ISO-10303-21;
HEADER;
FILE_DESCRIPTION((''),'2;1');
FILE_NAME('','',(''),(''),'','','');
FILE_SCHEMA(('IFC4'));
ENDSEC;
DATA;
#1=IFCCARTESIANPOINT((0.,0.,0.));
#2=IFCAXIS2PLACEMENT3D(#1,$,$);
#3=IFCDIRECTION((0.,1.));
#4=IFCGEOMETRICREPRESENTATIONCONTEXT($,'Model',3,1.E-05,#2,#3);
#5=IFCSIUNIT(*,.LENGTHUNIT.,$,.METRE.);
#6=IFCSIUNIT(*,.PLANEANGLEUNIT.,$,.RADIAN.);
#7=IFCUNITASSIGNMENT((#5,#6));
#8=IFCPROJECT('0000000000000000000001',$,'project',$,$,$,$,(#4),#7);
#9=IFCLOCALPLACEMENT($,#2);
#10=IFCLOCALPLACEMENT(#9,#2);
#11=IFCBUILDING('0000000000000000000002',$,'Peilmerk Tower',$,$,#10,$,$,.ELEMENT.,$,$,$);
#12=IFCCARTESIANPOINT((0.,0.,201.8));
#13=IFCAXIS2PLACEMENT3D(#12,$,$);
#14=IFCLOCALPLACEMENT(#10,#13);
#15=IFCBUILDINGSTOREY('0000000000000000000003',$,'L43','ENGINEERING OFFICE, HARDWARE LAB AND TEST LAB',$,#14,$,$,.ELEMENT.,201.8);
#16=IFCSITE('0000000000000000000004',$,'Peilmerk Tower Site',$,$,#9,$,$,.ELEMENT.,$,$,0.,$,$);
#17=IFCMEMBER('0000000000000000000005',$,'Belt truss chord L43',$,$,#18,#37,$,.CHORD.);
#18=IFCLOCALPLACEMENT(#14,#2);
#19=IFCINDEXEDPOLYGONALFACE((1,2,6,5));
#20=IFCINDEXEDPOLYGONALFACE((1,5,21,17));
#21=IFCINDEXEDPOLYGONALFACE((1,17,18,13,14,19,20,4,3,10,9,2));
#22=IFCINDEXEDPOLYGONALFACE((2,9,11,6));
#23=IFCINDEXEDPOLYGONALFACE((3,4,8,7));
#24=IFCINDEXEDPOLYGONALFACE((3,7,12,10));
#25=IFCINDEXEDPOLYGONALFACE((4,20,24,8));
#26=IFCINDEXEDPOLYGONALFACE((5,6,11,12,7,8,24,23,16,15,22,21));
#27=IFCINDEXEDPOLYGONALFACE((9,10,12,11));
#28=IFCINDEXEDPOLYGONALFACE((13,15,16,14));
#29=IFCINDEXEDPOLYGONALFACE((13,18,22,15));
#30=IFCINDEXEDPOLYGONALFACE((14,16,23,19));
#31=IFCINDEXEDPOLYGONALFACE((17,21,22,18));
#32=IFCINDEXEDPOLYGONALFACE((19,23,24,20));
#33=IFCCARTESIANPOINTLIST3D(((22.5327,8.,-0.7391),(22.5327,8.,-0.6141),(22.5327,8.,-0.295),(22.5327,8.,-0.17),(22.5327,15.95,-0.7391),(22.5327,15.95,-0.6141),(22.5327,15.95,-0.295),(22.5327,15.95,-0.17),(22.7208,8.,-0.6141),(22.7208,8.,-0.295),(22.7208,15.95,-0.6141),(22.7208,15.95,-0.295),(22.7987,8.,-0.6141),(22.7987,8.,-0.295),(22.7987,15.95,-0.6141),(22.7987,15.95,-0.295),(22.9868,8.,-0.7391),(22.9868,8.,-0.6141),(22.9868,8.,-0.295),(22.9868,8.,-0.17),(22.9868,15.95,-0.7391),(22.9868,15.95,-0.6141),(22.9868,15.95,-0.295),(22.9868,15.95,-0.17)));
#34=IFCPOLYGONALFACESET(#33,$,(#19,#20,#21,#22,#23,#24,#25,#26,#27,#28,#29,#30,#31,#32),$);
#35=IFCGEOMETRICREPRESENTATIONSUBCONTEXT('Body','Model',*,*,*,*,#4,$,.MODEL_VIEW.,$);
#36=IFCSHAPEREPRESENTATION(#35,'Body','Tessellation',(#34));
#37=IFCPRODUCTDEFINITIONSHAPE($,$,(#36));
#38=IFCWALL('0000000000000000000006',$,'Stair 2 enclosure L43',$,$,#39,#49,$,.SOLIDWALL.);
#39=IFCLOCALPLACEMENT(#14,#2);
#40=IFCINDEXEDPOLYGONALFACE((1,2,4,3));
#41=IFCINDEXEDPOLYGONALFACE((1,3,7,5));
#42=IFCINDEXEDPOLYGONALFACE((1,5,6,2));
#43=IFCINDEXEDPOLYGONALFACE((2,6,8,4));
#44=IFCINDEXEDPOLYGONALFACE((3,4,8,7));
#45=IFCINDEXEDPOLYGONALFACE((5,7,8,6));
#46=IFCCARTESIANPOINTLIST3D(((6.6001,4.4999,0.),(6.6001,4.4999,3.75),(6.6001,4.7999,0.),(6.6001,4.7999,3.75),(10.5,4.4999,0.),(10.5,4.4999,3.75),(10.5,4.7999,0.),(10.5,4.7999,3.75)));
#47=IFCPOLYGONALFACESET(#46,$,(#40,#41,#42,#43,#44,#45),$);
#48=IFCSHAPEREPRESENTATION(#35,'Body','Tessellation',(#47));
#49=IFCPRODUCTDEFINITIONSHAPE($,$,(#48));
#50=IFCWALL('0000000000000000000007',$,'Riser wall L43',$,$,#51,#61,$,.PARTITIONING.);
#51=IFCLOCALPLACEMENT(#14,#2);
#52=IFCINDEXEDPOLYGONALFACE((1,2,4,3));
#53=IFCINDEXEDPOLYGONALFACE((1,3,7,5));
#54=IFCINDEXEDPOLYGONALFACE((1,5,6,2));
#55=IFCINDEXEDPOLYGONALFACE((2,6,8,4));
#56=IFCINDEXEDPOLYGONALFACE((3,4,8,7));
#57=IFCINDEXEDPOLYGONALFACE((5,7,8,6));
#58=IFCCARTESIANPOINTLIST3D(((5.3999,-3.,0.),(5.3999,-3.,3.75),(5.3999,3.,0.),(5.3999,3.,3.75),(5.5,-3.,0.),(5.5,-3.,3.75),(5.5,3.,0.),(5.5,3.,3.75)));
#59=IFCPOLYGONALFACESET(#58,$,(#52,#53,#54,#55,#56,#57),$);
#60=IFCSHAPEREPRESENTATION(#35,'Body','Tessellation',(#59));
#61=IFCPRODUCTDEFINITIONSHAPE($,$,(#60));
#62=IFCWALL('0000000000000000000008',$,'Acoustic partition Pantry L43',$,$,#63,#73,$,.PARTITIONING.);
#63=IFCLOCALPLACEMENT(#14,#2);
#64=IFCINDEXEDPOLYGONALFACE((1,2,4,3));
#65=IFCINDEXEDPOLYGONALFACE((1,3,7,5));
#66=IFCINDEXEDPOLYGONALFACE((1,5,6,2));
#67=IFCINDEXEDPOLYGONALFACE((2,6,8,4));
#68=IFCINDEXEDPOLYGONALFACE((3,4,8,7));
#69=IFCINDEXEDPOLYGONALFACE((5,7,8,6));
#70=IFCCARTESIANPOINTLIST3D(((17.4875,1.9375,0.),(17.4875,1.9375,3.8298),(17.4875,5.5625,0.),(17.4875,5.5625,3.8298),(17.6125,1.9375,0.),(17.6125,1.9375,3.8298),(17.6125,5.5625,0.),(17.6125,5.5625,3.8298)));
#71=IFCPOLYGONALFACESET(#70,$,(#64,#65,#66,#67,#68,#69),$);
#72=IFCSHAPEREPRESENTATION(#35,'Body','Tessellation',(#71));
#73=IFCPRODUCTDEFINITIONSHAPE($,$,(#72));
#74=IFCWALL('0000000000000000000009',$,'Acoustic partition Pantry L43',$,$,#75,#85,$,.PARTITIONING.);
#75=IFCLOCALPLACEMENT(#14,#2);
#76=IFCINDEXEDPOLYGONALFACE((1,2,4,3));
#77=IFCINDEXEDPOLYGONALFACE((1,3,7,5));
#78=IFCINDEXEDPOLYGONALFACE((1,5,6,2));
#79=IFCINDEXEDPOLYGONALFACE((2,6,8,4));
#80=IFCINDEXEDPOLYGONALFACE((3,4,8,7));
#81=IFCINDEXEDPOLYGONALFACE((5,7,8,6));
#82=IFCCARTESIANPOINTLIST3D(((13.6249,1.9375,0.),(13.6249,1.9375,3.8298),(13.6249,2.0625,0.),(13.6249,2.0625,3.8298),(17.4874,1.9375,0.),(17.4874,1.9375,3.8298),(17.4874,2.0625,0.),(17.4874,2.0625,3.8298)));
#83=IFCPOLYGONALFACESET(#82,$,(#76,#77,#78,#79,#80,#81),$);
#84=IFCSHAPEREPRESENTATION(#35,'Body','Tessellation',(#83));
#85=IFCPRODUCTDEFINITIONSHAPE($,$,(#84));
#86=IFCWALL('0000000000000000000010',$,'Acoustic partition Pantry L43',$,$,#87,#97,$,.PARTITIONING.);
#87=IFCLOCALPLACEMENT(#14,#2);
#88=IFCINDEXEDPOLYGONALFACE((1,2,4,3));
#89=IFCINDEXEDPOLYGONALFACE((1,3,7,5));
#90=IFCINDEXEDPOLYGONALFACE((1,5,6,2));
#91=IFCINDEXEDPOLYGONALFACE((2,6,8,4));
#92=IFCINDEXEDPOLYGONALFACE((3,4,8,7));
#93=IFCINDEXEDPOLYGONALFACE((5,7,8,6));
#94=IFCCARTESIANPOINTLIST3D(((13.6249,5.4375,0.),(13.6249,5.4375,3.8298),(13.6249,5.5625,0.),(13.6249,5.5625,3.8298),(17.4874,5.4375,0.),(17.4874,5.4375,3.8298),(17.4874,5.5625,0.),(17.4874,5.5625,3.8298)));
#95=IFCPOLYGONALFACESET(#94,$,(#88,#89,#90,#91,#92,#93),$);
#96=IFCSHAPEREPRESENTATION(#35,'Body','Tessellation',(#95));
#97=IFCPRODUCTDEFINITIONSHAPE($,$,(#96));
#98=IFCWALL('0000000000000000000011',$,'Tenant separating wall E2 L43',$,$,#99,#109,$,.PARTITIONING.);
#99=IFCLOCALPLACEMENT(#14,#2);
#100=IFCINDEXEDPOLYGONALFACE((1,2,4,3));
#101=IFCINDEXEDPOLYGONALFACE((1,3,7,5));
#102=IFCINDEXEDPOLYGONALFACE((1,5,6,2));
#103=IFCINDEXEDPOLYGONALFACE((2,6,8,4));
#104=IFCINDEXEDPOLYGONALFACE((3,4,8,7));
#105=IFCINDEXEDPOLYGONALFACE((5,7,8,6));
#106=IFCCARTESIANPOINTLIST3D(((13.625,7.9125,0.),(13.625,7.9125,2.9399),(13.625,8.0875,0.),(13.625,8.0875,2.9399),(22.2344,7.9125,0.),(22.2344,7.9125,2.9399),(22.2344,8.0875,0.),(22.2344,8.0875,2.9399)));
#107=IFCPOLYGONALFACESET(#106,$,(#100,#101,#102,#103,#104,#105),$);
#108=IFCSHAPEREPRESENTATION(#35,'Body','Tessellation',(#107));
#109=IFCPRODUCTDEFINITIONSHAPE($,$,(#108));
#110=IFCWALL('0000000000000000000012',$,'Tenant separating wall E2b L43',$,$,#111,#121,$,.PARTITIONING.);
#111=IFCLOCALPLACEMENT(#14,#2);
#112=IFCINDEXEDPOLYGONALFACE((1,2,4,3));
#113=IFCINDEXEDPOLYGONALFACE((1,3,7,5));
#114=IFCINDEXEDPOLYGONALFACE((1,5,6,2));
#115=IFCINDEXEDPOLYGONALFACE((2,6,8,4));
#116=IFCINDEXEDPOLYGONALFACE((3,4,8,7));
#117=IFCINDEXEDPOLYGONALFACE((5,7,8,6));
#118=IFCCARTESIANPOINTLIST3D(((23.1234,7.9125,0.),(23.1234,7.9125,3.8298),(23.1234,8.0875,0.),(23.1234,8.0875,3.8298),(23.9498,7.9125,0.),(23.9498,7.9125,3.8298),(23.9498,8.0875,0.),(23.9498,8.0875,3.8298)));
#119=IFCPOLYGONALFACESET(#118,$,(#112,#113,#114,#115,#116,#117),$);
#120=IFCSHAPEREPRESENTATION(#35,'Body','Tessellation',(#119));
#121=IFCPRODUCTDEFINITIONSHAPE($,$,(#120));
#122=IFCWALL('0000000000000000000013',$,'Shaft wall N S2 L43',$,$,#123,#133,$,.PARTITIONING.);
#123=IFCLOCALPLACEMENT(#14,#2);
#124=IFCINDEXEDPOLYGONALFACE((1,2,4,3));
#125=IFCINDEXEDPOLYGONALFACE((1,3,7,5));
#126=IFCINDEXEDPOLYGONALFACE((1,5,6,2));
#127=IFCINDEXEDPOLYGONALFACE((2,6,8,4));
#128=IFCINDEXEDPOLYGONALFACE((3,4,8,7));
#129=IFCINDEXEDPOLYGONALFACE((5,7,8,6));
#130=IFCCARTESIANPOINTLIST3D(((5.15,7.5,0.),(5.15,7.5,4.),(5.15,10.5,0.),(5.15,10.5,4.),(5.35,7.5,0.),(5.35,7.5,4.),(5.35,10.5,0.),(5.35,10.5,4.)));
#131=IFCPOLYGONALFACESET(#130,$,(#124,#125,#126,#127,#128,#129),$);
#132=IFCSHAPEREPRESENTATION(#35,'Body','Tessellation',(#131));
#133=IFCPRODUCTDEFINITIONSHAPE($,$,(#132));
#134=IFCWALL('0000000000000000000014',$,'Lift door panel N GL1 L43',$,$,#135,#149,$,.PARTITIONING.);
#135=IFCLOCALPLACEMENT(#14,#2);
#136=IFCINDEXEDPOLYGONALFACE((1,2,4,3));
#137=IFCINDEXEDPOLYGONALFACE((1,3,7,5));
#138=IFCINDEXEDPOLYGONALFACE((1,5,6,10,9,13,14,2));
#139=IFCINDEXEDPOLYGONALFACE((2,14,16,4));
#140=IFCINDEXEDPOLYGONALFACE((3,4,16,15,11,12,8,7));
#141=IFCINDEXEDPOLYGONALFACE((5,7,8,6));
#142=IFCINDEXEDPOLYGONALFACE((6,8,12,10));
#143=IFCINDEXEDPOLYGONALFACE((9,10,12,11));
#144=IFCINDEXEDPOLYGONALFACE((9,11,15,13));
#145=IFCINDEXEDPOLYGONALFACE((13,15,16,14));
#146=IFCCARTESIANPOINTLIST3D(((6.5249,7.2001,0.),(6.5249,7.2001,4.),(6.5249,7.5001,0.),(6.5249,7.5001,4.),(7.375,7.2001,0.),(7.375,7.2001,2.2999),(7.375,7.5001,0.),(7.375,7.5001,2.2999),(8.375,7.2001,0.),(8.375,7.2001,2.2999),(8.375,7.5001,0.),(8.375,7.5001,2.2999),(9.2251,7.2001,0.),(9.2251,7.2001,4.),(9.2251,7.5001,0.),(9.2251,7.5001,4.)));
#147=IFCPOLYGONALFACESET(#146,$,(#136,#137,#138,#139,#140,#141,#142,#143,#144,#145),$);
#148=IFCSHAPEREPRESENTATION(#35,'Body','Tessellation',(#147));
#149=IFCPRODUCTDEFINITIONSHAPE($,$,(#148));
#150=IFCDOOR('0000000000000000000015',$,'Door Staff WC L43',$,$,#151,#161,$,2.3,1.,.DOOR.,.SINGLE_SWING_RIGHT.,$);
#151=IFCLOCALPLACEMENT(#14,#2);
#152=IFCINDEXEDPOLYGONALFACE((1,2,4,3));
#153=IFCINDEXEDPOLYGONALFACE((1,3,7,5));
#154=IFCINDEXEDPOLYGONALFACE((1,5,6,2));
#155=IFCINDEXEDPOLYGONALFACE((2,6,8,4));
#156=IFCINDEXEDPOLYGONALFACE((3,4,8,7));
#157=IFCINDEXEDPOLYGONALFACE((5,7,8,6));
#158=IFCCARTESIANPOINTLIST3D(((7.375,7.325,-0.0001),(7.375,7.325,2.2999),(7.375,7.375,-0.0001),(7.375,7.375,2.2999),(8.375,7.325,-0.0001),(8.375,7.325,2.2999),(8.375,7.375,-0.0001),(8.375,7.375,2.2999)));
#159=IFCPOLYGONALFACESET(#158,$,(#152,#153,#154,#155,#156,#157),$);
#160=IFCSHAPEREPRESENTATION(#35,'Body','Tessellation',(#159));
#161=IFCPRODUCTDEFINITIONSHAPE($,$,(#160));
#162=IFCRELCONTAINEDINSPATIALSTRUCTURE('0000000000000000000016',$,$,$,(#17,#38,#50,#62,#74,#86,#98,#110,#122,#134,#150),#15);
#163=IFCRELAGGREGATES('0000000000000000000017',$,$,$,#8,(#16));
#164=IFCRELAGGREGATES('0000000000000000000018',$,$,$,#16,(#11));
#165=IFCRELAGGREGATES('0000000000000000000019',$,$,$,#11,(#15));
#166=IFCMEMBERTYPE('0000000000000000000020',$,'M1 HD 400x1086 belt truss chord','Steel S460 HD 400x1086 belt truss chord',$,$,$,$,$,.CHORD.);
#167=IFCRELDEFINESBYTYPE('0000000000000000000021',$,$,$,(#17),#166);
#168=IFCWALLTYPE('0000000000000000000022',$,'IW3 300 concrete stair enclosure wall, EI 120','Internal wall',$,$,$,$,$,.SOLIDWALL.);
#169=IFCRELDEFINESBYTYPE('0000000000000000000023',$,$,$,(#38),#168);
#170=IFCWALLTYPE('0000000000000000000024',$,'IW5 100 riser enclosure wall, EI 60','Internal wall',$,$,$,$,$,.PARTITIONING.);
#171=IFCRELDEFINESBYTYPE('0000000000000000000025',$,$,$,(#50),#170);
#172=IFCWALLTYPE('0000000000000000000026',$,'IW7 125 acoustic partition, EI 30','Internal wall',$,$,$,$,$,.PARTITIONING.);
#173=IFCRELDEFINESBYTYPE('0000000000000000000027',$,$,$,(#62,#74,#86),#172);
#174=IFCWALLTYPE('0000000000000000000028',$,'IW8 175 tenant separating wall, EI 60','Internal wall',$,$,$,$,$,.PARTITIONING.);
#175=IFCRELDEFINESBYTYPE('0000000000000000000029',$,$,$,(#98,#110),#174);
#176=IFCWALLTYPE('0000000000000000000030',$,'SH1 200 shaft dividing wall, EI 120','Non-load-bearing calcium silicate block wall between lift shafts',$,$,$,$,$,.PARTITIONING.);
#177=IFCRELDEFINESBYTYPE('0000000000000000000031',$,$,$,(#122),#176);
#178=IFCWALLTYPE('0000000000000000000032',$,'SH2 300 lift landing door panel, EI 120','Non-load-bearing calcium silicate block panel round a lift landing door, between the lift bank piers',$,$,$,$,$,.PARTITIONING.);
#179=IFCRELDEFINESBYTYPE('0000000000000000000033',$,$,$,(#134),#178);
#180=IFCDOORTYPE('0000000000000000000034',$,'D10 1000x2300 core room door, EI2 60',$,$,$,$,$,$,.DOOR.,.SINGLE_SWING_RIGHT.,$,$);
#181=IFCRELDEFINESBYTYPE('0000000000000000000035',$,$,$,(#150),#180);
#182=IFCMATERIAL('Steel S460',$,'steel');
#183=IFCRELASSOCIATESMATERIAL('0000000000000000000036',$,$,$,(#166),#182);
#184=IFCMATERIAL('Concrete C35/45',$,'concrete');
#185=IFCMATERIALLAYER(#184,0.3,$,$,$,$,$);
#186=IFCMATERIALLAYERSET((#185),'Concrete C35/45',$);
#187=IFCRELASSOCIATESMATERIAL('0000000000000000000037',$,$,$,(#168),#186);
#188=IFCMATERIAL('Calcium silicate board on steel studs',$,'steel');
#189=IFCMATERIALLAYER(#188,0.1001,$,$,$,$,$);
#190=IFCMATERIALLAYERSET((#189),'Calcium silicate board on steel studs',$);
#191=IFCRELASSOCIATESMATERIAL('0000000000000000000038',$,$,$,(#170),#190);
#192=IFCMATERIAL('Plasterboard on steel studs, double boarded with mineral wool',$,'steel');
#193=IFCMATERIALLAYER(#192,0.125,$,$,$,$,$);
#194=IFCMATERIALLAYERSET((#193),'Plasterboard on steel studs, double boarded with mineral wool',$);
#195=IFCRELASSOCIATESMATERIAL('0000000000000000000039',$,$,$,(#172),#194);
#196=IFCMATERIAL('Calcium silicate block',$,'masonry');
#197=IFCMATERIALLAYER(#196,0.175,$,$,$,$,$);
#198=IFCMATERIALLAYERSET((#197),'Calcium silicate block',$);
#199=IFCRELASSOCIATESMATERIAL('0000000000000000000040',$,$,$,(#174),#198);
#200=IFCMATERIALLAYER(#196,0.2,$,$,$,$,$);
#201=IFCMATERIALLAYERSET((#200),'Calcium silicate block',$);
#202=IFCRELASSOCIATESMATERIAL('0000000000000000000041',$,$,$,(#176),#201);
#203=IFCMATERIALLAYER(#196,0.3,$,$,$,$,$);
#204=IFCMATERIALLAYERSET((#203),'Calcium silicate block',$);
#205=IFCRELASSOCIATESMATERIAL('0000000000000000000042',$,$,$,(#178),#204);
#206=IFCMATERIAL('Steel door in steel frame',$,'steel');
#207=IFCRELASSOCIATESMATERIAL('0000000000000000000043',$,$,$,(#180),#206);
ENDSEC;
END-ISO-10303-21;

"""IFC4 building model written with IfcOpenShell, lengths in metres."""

from ifc_helpers import new_model, si_unit, direction, frame, frame_2d, origin, origin_2d, place, context, subcontext, project, spatial, rectangle, i_section, extrude, material, layer, layer_set, material_profile, profile_set, type_object, element, fill, save


model = new_model("IFC4")

# Units and contexts
model_context = context("Model", 3, precision=1e-05, world=origin(), true_north=direction((0.0, 1.0)))
body_context = subcontext(model_context, "Body", "Model", "MODEL_VIEW")
ifc_project = project(units=[si_unit("LENGTHUNIT", "METRE"), si_unit("PLANEANGLEUNIT", "RADIAN")], contexts=[model_context])

# Site, building, storey
site_placement = place(None, origin())
site = spatial("IfcSite", under=ifc_project, at=site_placement, Name="Peilmerk Tower Site", CompositionType="ELEMENT", RefElevation=0.0)
building_placement = place(site_placement, origin())
building = spatial("IfcBuilding", under=site, at=building_placement, Name="Peilmerk Tower", CompositionType="ELEMENT")
storey_placement = place(building_placement, frame((0.0, 0.0, 201.8)))
storey = spatial("IfcBuildingStorey", under=building, at=storey_placement, Name="L43", Description="ENGINEERING OFFICE, HARDWARE LAB AND TEST LAB", CompositionType="ELEMENT", Elevation=201.8)

# Shared definitions
ifc_material_1 = material(Name="Steel S460", Category="steel")

# Member
ifc_material_profile_1 = material_profile(ifc_material_1, i_section(OverallWidth=0.4541, OverallDepth=0.5691, WebThickness=0.0779, FlangeThickness=0.125, at=origin_2d()), Name="HD 400x1086")
ifc_profile_set_1 = profile_set([ifc_material_profile_1], Name="Steel S460")
member_type = type_object("IfcMemberType", Name="M1 HD 400x1086 belt truss chord", Description="Steel S460 HD 400x1086 belt truss chord", PredefinedType="CHORD", material=ifc_profile_set_1)
member_1_placement = place(storey_placement, frame((22.7598, 8.0, -0.4546), z_axis=(0.0, 1.0, 0.0), x_axis=(-1.0, 0.0, 0.0)))
element("IfcMember", 1, at=member_1_placement, inside=storey, type_object=member_type, Name="Belt truss chord L43", PredefinedType="CHORD", context=body_context, shape_type="SweptSolid", body=[
    extrude(i_section(OverallWidth=0.4541, OverallDepth=0.5691, WebThickness=0.0779, FlangeThickness=0.125, at=origin_2d()), origin(), (0.0, 0.0, 1.0), 7.95),
])

# Walls
ifc_material_2 = material(Name="Concrete C35/45", Category="concrete")
ifc_layer_1 = layer(ifc_material_2, 0.3)
ifc_layer_set_1 = layer_set([ifc_layer_1], Name="Concrete C35/45")
wall_type_1 = type_object("IfcWallType", Name="IW3 300 concrete stair enclosure wall, EI 120", Description="Internal wall", PredefinedType="SOLIDWALL", material=ifc_layer_set_1)
wall_1_placement = place(storey_placement, frame((6.6001, 4.6499, 0.0), z_axis=(0.0, 0.0, 1.0), x_axis=(1.0, 0.0, 0.0)))
element("IfcWall", 2, at=wall_1_placement, inside=storey, type_object=wall_type_1, Name="Stair 2 enclosure L43", PredefinedType="SOLIDWALL", context=body_context, shape_type="SweptSolid", body=[
    extrude(rectangle(XDim=3.8999, YDim=0.3, at=frame_2d((1.95, 0.0))), origin(), (0.0, 0.0, 1.0), 3.75),
])
ifc_material_3 = material(Name="Calcium silicate board on steel studs", Category="steel")
ifc_layer_2 = layer(ifc_material_3, 0.1001)
ifc_layer_set_2 = layer_set([ifc_layer_2], Name="Calcium silicate board on steel studs")
wall_type_2 = type_object("IfcWallType", Name="IW5 100 riser enclosure wall, EI 60", Description="Internal wall", PredefinedType="PARTITIONING", material=ifc_layer_set_2)
wall_2_placement = place(storey_placement, frame((5.45, 3.0, 0.0), z_axis=(0.0, 0.0, 1.0), x_axis=(0.0, -1.0, 0.0)))
element("IfcWall", 3, at=wall_2_placement, inside=storey, type_object=wall_type_2, Name="Riser wall L43", PredefinedType="PARTITIONING", context=body_context, shape_type="SweptSolid", body=[
    extrude(rectangle(XDim=6.0, YDim=0.1001, at=frame_2d((3.0, 0.0))), origin(), (0.0, 0.0, 1.0), 3.75),
])
ifc_material_4 = material(Name="Plasterboard on steel studs, double boarded with mineral wool", Category="steel")
ifc_layer_3 = layer(ifc_material_4, 0.125)
ifc_layer_set_3 = layer_set([ifc_layer_3], Name="Plasterboard on steel studs, double boarded with mineral wool")
wall_type_3 = type_object("IfcWallType", Name="IW7 125 acoustic partition, EI 30", Description="Internal wall", PredefinedType="PARTITIONING", material=ifc_layer_set_3)
wall_3_placement = place(storey_placement, frame((17.55, 1.9375, 0.0), z_axis=(0.0, 0.0, 1.0), x_axis=(0.0, 1.0, 0.0)))
element("IfcWall", 4, at=wall_3_placement, inside=storey, type_object=wall_type_3, Name="Acoustic partition Pantry L43", PredefinedType="PARTITIONING", context=body_context, shape_type="SweptSolid", body=[
    extrude(rectangle(XDim=3.625, YDim=0.125, at=frame_2d((1.8125, 0.0))), origin(), (0.0, 0.0, 1.0), 3.8298),
])
for number, where, z_axis, x_axis, name in (
    (5, (13.625, 2.0, 0.0), (0.0, 0.0, 1.0), (1.0, 0.0, 0.0), "Acoustic partition Pantry L43"),
    (6, (13.625, 5.5, 0.0), (0.0, 0.0, 1.0), (1.0, 0.0, 0.0), "Acoustic partition Pantry L43"),
):
    element("IfcWall", number, at=place(storey_placement, frame(where, z_axis=z_axis, x_axis=x_axis)), inside=storey, type_object=wall_type_3, Name=name, PredefinedType="PARTITIONING", context=body_context, shape_type="SweptSolid", body=[
        extrude(rectangle(XDim=3.8625, YDim=0.125, at=frame_2d((1.9312, 0.0))), origin(), (0.0, 0.0, 1.0), 3.8298),
    ])
ifc_material_5 = material(Name="Calcium silicate block", Category="masonry")
ifc_layer_4 = layer(ifc_material_5, 0.175)
ifc_layer_set_4 = layer_set([ifc_layer_4], Name="Calcium silicate block")
wall_type_4 = type_object("IfcWallType", Name="IW8 175 tenant separating wall, EI 60", Description="Internal wall", PredefinedType="PARTITIONING", material=ifc_layer_set_4)
wall_4_placement = place(storey_placement, frame((13.625, 8.0, 0.0), z_axis=(0.0, 0.0, 1.0), x_axis=(1.0, 0.0, 0.0)))
element("IfcWall", 7, at=wall_4_placement, inside=storey, type_object=wall_type_4, Name="Tenant separating wall E2 L43", PredefinedType="PARTITIONING", context=body_context, shape_type="SweptSolid", body=[
    extrude(rectangle(XDim=8.6094, YDim=0.175, at=frame_2d((4.3047, 0.0))), origin(), (0.0, 0.0, 1.0), 2.9399),
])
wall_5_placement = place(storey_placement, frame((23.1235, 8.0, 0.0), z_axis=(0.0, 0.0, 1.0), x_axis=(1.0, 0.0, 0.0)))
element("IfcWall", 8, at=wall_5_placement, inside=storey, type_object=wall_type_4, Name="Tenant separating wall E2b L43", PredefinedType="PARTITIONING", context=body_context, shape_type="SweptSolid", body=[
    extrude(rectangle(XDim=0.8264, YDim=0.175, at=frame_2d((0.4131, 0.0))), origin(), (0.0, 0.0, 1.0), 3.8298),
])
ifc_layer_5 = layer(ifc_material_5, 0.2)
ifc_layer_set_5 = layer_set([ifc_layer_5], Name="Calcium silicate block")
wall_type_5 = type_object("IfcWallType", Name="SH1 200 shaft dividing wall, EI 120", Description="Non-load-bearing calcium silicate block wall between lift shafts", PredefinedType="PARTITIONING", material=ifc_layer_set_5)
wall_6_placement = place(storey_placement, frame((5.25, 7.5, 0.0), z_axis=(0.0, 0.0, 1.0), x_axis=(0.0, 1.0, 0.0)))
element("IfcWall", 9, at=wall_6_placement, inside=storey, type_object=wall_type_5, Name="Shaft wall N S2 L43", PredefinedType="PARTITIONING", context=body_context, shape_type="SweptSolid", body=[
    extrude(rectangle(XDim=3.0, YDim=0.2, at=frame_2d((1.5, 0.0))), origin(), (0.0, 0.0, 1.0), 4.0),
])

# Wall, opening, door
ifc_layer_6 = layer(ifc_material_5, 0.3)
ifc_layer_set_6 = layer_set([ifc_layer_6], Name="Calcium silicate block")
wall_type_6 = type_object("IfcWallType", Name="SH2 300 lift landing door panel, EI 120", Description="Non-load-bearing calcium silicate block panel round a lift landing door, between the lift bank piers", PredefinedType="PARTITIONING", material=ifc_layer_set_6)
wall_7_placement = place(storey_placement, frame((6.5249, 7.3501, 0.0), z_axis=(0.0, 0.0, 1.0), x_axis=(1.0, 0.0, 0.0)))
wall_7 = element("IfcWall", 10, at=wall_7_placement, inside=storey, type_object=wall_type_6, Name="Lift door panel N GL1 L43", PredefinedType="PARTITIONING", context=body_context, shape_type="SweptSolid", body=[
    extrude(rectangle(XDim=2.7002, YDim=0.3, at=frame_2d((1.3501, 0.0))), origin(), (0.0, 0.0, 1.0), 4.0),
])
opening_1_placement = place(wall_7_placement, frame((0.8501, 0.0, 0.0)))
opening_1 = element("IfcOpeningElement", 11, at=opening_1_placement, cuts=wall_7, PredefinedType="OPENING", context=body_context, shape_type="SweptSolid", body=[
    extrude(rectangle(XDim=1.0, YDim=2.3, at=frame_2d((0.5, 1.1499))), frame((0.0, 0.1599, 0.0), z_axis=(0.0, -1.0, 0.0), x_axis=(1.0, 0.0, 0.0)), (0.0, 0.0, 1.0), 0.3201),
])
ifc_material_6 = material(Name="Steel door in steel frame", Category="steel")
door_type_1 = type_object("IfcDoorType", Name="D10 1000x2300 core room door, EI2 60", OperationType="SINGLE_SWING_RIGHT", PredefinedType="DOOR", material=ifc_material_6)
door_1_placement = place(opening_1_placement, origin())
door_1 = element("IfcDoor", 12, at=door_1_placement, inside=storey, type_object=door_type_1, Name="Door Staff WC L43", OperationType="SINGLE_SWING_RIGHT", OverallHeight=2.3, OverallWidth=1.0, PredefinedType="DOOR", context=body_context, shape_type="SweptSolid", body=[
    extrude(rectangle(XDim=1.0, YDim=2.3, at=frame_2d((0.5, 1.1499))), frame((0.0, 0.0249, 0.0), z_axis=(0.0, -1.0, 0.0), x_axis=(1.0, 0.0, 0.0)), (0.0, 0.0, 1.0), 0.05),
])
fill(opening_1, door_1)

save(model, "model.ifc")
